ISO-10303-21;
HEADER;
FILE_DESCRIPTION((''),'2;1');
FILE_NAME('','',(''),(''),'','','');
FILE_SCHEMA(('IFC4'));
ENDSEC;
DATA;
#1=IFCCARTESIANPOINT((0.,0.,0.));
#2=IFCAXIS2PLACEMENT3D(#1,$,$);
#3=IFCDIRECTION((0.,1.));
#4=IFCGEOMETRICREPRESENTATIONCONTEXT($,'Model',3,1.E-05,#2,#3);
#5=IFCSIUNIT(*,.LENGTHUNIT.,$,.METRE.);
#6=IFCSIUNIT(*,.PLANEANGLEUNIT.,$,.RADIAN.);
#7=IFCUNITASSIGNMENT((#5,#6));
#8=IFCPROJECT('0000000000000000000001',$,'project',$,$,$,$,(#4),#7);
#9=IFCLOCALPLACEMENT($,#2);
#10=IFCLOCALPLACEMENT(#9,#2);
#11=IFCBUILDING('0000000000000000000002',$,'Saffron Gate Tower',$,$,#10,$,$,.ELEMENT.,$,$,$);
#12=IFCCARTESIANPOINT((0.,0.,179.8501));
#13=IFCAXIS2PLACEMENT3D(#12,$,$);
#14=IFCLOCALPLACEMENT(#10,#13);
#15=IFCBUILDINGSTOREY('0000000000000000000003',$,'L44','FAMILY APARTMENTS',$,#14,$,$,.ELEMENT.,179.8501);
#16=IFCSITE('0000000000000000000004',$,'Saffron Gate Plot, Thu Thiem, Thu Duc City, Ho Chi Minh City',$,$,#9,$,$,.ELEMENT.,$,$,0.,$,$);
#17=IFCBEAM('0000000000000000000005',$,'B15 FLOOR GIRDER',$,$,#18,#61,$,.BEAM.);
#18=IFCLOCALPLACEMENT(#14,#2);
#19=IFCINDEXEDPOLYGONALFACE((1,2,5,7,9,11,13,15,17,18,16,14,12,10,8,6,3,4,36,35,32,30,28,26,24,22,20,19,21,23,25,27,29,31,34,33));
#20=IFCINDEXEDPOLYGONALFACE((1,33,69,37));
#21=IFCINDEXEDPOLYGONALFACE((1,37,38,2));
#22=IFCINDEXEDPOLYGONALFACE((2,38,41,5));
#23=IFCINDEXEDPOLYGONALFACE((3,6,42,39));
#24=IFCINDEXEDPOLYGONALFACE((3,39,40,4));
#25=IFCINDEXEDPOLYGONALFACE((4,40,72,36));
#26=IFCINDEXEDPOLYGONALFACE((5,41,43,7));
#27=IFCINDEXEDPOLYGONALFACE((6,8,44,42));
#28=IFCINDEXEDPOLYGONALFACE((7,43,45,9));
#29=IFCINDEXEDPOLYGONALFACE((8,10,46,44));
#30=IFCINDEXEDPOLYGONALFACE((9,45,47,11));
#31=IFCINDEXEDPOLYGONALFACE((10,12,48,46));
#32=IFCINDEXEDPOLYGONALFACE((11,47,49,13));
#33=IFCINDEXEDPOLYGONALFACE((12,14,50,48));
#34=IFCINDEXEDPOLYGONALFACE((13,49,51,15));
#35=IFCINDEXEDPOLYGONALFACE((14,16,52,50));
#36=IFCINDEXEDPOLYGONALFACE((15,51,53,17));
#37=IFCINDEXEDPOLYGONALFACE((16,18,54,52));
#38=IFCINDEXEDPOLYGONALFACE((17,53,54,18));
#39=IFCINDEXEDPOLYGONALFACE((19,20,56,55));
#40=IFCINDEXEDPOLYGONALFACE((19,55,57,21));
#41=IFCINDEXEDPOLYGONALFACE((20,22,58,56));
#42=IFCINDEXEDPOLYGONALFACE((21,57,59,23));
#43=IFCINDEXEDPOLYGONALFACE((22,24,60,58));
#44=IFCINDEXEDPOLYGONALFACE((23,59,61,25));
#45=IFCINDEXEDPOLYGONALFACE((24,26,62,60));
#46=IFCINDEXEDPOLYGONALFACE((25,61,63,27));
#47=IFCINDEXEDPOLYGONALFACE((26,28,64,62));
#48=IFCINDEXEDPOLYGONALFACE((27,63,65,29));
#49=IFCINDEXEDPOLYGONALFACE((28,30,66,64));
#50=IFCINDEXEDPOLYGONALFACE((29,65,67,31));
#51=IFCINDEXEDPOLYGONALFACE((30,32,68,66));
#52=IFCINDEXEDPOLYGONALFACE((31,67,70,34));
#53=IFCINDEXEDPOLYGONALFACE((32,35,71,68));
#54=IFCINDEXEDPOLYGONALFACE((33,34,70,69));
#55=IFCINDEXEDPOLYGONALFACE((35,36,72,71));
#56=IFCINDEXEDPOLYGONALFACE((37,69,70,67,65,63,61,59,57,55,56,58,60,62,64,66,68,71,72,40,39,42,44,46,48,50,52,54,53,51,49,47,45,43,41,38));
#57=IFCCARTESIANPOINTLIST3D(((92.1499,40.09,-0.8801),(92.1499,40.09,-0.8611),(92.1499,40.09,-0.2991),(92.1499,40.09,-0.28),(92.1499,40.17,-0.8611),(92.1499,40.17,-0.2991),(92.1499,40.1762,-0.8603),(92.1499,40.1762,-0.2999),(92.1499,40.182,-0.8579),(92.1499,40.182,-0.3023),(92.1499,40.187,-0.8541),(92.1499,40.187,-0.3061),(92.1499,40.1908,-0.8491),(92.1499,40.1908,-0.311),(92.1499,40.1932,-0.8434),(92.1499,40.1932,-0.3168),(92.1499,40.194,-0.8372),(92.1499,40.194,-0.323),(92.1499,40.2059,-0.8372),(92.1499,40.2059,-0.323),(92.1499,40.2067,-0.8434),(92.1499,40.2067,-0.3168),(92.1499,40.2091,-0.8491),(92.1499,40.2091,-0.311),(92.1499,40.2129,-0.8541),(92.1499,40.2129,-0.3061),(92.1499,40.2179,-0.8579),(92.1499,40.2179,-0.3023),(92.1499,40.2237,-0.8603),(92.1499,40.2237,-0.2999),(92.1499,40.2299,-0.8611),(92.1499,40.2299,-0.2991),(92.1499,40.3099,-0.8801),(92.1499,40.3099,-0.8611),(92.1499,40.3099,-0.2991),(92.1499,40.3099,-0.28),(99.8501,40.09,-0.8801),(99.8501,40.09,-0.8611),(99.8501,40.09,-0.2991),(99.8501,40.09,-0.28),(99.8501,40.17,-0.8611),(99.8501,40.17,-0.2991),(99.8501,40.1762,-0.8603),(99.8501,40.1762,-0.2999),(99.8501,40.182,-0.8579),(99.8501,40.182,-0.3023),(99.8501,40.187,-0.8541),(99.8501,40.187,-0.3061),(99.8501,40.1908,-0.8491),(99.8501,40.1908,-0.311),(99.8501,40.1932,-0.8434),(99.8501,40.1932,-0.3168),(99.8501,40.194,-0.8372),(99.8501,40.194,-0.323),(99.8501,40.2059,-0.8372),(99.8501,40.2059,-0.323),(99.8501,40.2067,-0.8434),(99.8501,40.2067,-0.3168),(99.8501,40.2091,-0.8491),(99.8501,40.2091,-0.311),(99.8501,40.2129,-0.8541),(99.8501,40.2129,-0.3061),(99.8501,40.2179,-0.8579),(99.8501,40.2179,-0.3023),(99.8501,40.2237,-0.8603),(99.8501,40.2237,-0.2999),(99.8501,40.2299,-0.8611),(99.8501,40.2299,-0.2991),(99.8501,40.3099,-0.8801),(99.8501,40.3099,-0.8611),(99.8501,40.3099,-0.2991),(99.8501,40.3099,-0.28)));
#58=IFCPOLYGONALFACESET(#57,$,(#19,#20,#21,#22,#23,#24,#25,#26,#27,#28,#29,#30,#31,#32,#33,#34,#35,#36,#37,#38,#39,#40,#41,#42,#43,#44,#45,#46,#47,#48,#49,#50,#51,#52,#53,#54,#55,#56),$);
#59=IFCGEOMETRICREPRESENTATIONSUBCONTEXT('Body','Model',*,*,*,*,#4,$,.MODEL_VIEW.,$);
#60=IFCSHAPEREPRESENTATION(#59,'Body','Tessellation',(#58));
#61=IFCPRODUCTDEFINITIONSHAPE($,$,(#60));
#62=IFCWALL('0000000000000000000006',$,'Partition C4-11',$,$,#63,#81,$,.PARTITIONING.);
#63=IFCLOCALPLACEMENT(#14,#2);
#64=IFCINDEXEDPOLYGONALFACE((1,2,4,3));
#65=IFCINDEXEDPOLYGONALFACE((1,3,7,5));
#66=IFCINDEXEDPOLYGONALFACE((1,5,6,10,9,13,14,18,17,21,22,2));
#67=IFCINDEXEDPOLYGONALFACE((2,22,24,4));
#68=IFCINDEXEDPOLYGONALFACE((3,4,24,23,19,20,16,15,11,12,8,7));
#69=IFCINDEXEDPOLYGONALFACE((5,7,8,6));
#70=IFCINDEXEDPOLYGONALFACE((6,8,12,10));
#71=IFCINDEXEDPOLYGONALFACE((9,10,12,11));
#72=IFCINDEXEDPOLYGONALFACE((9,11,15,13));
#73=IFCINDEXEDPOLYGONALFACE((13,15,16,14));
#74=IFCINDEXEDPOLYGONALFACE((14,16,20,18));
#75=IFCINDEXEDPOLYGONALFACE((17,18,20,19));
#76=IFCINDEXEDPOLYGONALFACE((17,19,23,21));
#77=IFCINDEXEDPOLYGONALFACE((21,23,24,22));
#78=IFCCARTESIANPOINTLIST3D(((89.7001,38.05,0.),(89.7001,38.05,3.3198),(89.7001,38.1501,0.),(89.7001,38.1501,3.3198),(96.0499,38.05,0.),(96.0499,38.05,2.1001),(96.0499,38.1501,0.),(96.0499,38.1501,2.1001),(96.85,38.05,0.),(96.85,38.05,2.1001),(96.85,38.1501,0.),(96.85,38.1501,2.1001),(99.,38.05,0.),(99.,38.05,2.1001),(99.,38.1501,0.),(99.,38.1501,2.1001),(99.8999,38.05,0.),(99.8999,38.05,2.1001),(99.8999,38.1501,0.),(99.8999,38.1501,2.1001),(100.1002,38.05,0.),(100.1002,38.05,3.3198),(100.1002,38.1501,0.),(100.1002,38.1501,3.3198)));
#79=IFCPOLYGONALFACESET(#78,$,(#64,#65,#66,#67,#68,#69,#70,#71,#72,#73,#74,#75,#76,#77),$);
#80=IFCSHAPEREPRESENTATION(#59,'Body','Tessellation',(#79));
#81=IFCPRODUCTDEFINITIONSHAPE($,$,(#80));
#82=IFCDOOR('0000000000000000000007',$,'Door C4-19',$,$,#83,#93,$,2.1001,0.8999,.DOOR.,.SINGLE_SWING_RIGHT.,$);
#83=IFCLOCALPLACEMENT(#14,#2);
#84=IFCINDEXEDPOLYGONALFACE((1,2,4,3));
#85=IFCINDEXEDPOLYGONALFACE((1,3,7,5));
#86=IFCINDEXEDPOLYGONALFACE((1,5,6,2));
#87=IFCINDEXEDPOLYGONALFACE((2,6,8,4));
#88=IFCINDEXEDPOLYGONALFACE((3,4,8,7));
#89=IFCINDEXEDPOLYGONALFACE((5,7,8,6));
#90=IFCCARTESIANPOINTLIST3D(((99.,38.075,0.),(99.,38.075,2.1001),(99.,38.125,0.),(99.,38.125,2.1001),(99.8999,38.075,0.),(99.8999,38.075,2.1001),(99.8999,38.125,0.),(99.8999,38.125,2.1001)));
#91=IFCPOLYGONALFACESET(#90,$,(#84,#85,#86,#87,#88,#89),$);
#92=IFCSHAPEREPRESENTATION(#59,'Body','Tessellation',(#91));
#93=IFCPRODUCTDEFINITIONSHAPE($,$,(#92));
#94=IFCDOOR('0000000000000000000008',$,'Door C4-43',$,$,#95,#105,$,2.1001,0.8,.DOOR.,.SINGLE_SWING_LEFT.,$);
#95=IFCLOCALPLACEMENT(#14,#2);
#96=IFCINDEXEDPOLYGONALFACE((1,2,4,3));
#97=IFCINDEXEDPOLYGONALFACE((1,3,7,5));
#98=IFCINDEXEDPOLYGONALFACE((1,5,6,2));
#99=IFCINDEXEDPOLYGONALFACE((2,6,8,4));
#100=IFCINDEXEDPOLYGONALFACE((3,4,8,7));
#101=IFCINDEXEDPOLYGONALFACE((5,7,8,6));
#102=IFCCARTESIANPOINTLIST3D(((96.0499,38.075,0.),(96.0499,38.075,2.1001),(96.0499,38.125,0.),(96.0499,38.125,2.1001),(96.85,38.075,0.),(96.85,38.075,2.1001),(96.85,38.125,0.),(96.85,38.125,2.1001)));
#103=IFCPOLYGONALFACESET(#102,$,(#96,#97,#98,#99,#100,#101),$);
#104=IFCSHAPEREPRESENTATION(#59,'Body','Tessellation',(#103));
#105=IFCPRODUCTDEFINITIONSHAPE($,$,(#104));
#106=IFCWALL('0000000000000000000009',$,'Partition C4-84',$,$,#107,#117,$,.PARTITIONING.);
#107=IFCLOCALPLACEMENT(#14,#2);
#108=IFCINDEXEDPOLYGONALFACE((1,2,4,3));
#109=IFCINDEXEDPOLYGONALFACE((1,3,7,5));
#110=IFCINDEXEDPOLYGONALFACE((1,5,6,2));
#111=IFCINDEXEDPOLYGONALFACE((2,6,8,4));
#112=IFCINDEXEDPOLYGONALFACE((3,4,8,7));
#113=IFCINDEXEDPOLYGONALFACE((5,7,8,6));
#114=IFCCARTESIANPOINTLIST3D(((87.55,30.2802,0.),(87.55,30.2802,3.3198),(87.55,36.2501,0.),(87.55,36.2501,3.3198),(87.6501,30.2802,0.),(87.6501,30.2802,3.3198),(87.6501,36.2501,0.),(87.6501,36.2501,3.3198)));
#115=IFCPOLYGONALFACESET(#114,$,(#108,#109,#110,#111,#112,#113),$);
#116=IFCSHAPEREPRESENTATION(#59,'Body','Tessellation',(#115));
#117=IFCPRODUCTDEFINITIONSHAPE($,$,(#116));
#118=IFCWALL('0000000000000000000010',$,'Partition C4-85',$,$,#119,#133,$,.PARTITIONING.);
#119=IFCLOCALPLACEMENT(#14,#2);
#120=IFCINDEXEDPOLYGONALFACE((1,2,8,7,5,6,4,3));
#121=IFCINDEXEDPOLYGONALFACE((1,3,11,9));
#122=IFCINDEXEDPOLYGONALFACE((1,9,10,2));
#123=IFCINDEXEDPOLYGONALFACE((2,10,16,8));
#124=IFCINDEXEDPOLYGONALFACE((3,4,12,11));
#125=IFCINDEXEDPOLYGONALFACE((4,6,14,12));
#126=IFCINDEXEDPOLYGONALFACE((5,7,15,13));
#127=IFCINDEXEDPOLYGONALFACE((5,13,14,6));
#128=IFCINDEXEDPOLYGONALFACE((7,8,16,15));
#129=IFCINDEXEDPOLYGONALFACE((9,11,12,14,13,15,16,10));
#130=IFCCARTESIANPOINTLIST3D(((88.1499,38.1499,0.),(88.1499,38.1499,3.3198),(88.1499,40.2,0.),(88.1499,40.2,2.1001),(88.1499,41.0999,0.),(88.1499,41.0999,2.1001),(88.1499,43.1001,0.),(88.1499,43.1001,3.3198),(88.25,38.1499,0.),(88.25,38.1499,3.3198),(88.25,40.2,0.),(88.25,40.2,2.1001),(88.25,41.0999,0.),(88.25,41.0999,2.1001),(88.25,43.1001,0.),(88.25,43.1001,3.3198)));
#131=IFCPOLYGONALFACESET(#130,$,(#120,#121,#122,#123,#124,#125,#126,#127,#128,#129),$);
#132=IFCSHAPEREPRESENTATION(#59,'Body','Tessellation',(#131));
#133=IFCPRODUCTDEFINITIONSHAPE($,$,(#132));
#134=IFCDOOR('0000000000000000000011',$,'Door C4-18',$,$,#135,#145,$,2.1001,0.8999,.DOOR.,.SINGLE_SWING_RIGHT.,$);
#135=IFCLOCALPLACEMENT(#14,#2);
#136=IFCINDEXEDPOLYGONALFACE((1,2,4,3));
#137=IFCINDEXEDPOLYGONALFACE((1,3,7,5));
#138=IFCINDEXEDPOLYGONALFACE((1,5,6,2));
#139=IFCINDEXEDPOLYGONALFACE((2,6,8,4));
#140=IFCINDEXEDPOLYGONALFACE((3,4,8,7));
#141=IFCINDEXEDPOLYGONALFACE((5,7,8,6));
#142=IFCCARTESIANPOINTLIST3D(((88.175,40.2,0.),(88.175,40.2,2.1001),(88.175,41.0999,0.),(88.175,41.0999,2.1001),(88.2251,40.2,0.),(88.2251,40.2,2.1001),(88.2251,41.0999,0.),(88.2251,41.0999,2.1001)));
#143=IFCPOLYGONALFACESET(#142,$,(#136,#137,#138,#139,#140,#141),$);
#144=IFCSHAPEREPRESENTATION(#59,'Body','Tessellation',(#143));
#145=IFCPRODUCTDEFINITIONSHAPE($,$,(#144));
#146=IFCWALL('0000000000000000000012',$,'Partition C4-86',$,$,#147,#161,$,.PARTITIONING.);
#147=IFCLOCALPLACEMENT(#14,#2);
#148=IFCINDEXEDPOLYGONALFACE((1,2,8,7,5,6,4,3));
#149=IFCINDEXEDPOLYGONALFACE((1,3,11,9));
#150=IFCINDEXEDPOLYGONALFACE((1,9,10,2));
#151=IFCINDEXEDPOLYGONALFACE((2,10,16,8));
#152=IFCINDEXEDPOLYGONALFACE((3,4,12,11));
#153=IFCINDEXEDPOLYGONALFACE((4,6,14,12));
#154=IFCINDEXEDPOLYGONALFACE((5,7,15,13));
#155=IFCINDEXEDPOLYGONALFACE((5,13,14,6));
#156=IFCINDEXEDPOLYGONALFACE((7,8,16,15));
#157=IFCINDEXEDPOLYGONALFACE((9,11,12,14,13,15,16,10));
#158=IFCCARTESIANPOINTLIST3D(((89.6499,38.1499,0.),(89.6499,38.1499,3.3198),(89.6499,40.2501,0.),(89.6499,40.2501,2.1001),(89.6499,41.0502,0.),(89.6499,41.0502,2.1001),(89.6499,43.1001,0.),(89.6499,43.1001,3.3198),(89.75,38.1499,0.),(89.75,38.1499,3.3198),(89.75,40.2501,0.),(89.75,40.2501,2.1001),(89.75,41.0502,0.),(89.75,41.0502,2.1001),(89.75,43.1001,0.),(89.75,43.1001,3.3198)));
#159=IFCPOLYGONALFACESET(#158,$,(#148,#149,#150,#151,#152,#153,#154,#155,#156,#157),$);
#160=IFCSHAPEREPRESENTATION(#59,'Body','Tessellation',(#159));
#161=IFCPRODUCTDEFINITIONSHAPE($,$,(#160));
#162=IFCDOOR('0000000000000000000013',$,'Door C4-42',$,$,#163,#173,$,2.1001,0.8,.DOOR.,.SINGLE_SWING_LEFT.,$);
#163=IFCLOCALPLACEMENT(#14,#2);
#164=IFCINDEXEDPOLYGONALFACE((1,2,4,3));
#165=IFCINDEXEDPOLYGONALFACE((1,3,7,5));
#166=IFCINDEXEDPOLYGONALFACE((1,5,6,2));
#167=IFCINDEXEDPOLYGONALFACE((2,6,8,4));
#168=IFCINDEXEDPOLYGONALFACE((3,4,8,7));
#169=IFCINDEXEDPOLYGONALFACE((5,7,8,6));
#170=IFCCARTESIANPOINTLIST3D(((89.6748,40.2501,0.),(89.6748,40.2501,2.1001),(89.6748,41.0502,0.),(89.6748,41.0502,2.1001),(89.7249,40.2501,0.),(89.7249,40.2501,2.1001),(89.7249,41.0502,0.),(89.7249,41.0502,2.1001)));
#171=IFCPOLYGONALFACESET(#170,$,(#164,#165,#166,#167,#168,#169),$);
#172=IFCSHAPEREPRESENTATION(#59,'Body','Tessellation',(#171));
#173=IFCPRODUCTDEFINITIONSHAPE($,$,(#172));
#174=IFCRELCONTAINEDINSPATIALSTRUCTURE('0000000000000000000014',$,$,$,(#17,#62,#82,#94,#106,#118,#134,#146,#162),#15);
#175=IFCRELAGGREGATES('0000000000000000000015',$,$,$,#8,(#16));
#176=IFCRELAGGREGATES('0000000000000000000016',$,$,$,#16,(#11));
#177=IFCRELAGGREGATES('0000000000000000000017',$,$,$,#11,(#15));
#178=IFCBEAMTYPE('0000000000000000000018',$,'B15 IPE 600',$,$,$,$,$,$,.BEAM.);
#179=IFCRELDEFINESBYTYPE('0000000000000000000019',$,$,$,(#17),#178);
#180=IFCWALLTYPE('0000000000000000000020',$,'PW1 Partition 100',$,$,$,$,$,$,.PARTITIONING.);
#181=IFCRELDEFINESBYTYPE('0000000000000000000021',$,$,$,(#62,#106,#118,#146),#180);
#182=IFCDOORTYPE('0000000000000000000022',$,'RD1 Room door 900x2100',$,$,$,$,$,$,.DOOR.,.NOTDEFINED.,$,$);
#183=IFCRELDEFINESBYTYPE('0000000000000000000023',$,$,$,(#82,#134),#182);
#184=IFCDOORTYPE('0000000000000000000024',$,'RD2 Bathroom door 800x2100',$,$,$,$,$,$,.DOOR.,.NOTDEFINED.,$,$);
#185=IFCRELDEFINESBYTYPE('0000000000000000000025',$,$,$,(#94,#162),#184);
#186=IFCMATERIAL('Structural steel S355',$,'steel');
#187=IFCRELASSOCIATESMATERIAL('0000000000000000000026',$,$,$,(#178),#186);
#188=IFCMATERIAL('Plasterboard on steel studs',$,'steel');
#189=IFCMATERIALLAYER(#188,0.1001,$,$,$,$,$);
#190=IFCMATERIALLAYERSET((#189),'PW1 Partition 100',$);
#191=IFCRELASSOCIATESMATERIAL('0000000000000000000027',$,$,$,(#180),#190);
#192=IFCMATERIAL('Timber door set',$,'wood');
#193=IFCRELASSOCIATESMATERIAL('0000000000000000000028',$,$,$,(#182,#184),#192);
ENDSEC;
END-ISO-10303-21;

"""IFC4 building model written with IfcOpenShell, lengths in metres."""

from ifc_helpers import new_model, si_unit, direction, frame, frame_2d, origin, origin_2d, place, context, subcontext, project, spatial, rectangle, i_section, extrude, material, layer, layer_set, material_profile, profile_set, type_object, element, fill, save


model = new_model("IFC4")

# Units and contexts
model_context = context("Model", 3, precision=1e-05, world=origin(), true_north=direction((0.0, 1.0)))
body_context = subcontext(model_context, "Body", "Model", "MODEL_VIEW")
ifc_project = project(units=[si_unit("LENGTHUNIT", "METRE"), si_unit("PLANEANGLEUNIT", "RADIAN")], contexts=[model_context])

# Site, building, storey
site_placement = place(None, origin())
site = spatial("IfcSite", under=ifc_project, at=site_placement, Name="Saffron Gate Plot, Thu Thiem, Thu Duc City, Ho Chi Minh City", CompositionType="ELEMENT", RefElevation=0.0)
building_placement = place(site_placement, origin())
building = spatial("IfcBuilding", under=site, at=building_placement, Name="Saffron Gate Tower", CompositionType="ELEMENT")
storey_placement = place(building_placement, frame((0.0, 0.0, 179.8501)))
storey = spatial("IfcBuildingStorey", under=building, at=storey_placement, Name="L44", Description="FAMILY APARTMENTS", CompositionType="ELEMENT", Elevation=179.8501)

# Beam
ifc_material_1 = material(Name="Structural steel S355", Category="steel")
ifc_material_profile_1 = material_profile(ifc_material_1, i_section(OverallWidth=0.22, OverallDepth=0.6001, WebThickness=0.012, FlangeThickness=0.019, FilletRadius=0.0239, at=origin_2d()))
ifc_profile_set_1 = profile_set([ifc_material_profile_1], Name="Structural steel S355")
beam_type_1 = type_object("IfcBeamType", Name="B15 IPE 600", PredefinedType="BEAM", material=ifc_profile_set_1)
beam_1_placement = place(storey_placement, frame((92.1499, 40.2, -0.5801), z_axis=(1.0, 0.0, 0.0), x_axis=(0.0, 1.0, 0.0)))
element("IfcBeam", 1, at=beam_1_placement, inside=storey, type_object=beam_type_1, Name="B15 FLOOR GIRDER", PredefinedType="BEAM", context=body_context, shape_type="SweptSolid", body=[
    extrude(i_section(OverallWidth=0.22, OverallDepth=0.6001, WebThickness=0.012, FlangeThickness=0.019, FilletRadius=0.0239, at=origin_2d()), origin(), (0.0, 0.0, 1.0), 7.7002),
])

# Wall, openings, doors
ifc_material_2 = material(Name="Plasterboard on steel studs", Category="steel")
ifc_layer = layer(ifc_material_2, 0.1001)
ifc_layer_set = layer_set([ifc_layer], Name="PW1 Partition 100")
wall_type = type_object("IfcWallType", Name="PW1 Partition 100", PredefinedType="PARTITIONING", material=ifc_layer_set)
wall_1_placement = place(storey_placement, frame((89.7, 38.1001, 0.0), z_axis=(0.0, 0.0, 1.0), x_axis=(1.0, 0.0, 0.0)))
wall_1 = element("IfcWall", 2, at=wall_1_placement, inside=storey, type_object=wall_type, Name="Partition C4-11", PredefinedType="PARTITIONING", context=body_context, shape_type="SweptSolid", body=[
    extrude(rectangle(XDim=10.4001, YDim=0.1001, at=frame_2d((5.2002, 0.0))), origin(), (0.0, 0.0, 1.0), 3.3198),
])
opening_1_placement = place(wall_1_placement, frame((6.3501, 0.0, 0.0)))
opening_1 = element("IfcOpeningElement", 3, at=opening_1_placement, cuts=wall_1, PredefinedType="OPENING", context=body_context, shape_type="SweptSolid", body=[
    extrude(rectangle(XDim=0.8, YDim=2.1001, at=frame_2d((0.3999, 1.05))), frame((0.0, 0.0601, 0.0), z_axis=(0.0, -1.0, 0.0), x_axis=(1.0, 0.0, 0.0)), (0.0, 0.0, 1.0), 0.1201),
])
opening_2_placement = place(wall_1_placement, frame((9.3, 0.0, 0.0)))
opening_2 = element("IfcOpeningElement", 4, at=opening_2_placement, cuts=wall_1, PredefinedType="OPENING", context=body_context, shape_type="SweptSolid", body=[
    extrude(rectangle(XDim=0.8999, YDim=2.1001, at=frame_2d((0.45, 1.05))), frame((0.0, 0.0601, 0.0), z_axis=(0.0, -1.0, 0.0), x_axis=(1.0, 0.0, 0.0)), (0.0, 0.0, 1.0), 0.1201),
])
ifc_material_3 = material(Name="Timber door set", Category="wood")
door_type_1 = type_object("IfcDoorType", Name="RD1 Room door 900x2100", OperationType="NOTDEFINED", PredefinedType="DOOR", material=ifc_material_3)
door_1_placement = place(opening_2_placement, origin())
door_1 = element("IfcDoor", 5, at=door_1_placement, inside=storey, type_object=door_type_1, Name="Door C4-19", OperationType="SINGLE_SWING_RIGHT", OverallHeight=2.1001, OverallWidth=0.8999, PredefinedType="DOOR", context=body_context, shape_type="SweptSolid", body=[
    extrude(rectangle(XDim=0.8999, YDim=2.1001, at=frame_2d((0.45, 1.05))), frame((0.0, 0.0249, 0.0), z_axis=(0.0, -1.0, 0.0), x_axis=(1.0, 0.0, 0.0)), (0.0, 0.0, 1.0), 0.05),
])
fill(opening_2, door_1)
door_type_2 = type_object("IfcDoorType", Name="RD2 Bathroom door 800x2100", OperationType="NOTDEFINED", PredefinedType="DOOR", material=ifc_material_3)
door_2_placement = place(opening_1_placement, origin())
door_2 = element("IfcDoor", 6, at=door_2_placement, inside=storey, type_object=door_type_2, Name="Door C4-43", OperationType="SINGLE_SWING_LEFT", OverallHeight=2.1001, OverallWidth=0.8, PredefinedType="DOOR", context=body_context, shape_type="SweptSolid", body=[
    extrude(rectangle(XDim=0.8, YDim=2.1001, at=frame_2d((0.3999, 1.05))), frame((0.0, 0.0249, 0.0), z_axis=(0.0, -1.0, 0.0), x_axis=(1.0, 0.0, 0.0)), (0.0, 0.0, 1.0), 0.05),
])
fill(opening_1, door_2)

# Wall
wall_2_placement = place(storey_placement, frame((87.6001, 36.25, 0.0), z_axis=(0.0, 0.0, 1.0), x_axis=(0.0, -1.0, 0.0)))
element("IfcWall", 7, at=wall_2_placement, inside=storey, type_object=wall_type, Name="Partition C4-84", PredefinedType="PARTITIONING", context=body_context, shape_type="SweptSolid", body=[
    extrude(rectangle(XDim=5.97, YDim=0.1001, at=frame_2d((2.9849, 0.0))), origin(), (0.0, 0.0, 1.0), 3.3198),
])

# Walls, openings, doors
wall_3_placement = place(storey_placement, frame((88.2, 38.1499, 0.0), z_axis=(0.0, 0.0, 1.0), x_axis=(0.0, 1.0, 0.0)))
wall_3 = element("IfcWall", 8, at=wall_3_placement, inside=storey, type_object=wall_type, Name="Partition C4-85", PredefinedType="PARTITIONING", context=body_context, shape_type="SweptSolid", body=[
    extrude(rectangle(XDim=4.9502, YDim=0.1001, at=frame_2d((2.4751, 0.0))), origin(), (0.0, 0.0, 1.0), 3.3198),
])
opening_3_placement = place(wall_3_placement, frame((2.05, 0.0, 0.0)))
opening_3 = element("IfcOpeningElement", 9, at=opening_3_placement, cuts=wall_3, PredefinedType="OPENING", context=body_context, shape_type="SweptSolid", body=[
    extrude(rectangle(XDim=0.8999, YDim=2.1001, at=frame_2d((0.45, 1.05))), frame((0.0, 0.0601, 0.0), z_axis=(0.0, -1.0, 0.0), x_axis=(1.0, 0.0, 0.0)), (0.0, 0.0, 1.0), 0.1201),
])
door_3_placement = place(opening_3_placement, origin())
door_3 = element("IfcDoor", 10, at=door_3_placement, inside=storey, type_object=door_type_1, Name="Door C4-18", OperationType="SINGLE_SWING_RIGHT", OverallHeight=2.1001, OverallWidth=0.8999, PredefinedType="DOOR", context=body_context, shape_type="SweptSolid", body=[
    extrude(rectangle(XDim=0.8999, YDim=2.1001, at=frame_2d((0.45, 1.05))), frame((0.0, 0.0249, 0.0), z_axis=(0.0, -1.0, 0.0), x_axis=(1.0, 0.0, 0.0)), (0.0, 0.0, 1.0), 0.05),
])
fill(opening_3, door_3)
wall_4_placement = place(storey_placement, frame((89.7, 43.1001, 0.0), z_axis=(0.0, 0.0, 1.0), x_axis=(0.0, -1.0, 0.0)))
wall_4 = element("IfcWall", 11, at=wall_4_placement, inside=storey, type_object=wall_type, Name="Partition C4-86", PredefinedType="PARTITIONING", context=body_context, shape_type="SweptSolid", body=[
    extrude(rectangle(XDim=4.9502, YDim=0.1001, at=frame_2d((2.4751, 0.0))), origin(), (0.0, 0.0, 1.0), 3.3198),
])
opening_4_placement = place(wall_4_placement, frame((2.05, 0.0, 0.0)))
opening_4 = element("IfcOpeningElement", 12, at=opening_4_placement, cuts=wall_4, PredefinedType="OPENING", context=body_context, shape_type="SweptSolid", body=[
    extrude(rectangle(XDim=0.8, YDim=2.1001, at=frame_2d((0.3999, 1.05))), frame((0.0, 0.0601, 0.0), z_axis=(0.0, -1.0, 0.0), x_axis=(1.0, 0.0, 0.0)), (0.0, 0.0, 1.0), 0.1201),
])
door_4_placement = place(opening_4_placement, origin())
door_4 = element("IfcDoor", 13, at=door_4_placement, inside=storey, type_object=door_type_2, Name="Door C4-42", OperationType="SINGLE_SWING_LEFT", OverallHeight=2.1001, OverallWidth=0.8, PredefinedType="DOOR", context=body_context, shape_type="SweptSolid", body=[
    extrude(rectangle(XDim=0.8, YDim=2.1001, at=frame_2d((0.3999, 1.05))), frame((0.0, 0.0249, 0.0), z_axis=(0.0, -1.0, 0.0), x_axis=(1.0, 0.0, 0.0)), (0.0, 0.0, 1.0), 0.05),
])
fill(opening_4, door_4)

save(model, "model.ifc")
